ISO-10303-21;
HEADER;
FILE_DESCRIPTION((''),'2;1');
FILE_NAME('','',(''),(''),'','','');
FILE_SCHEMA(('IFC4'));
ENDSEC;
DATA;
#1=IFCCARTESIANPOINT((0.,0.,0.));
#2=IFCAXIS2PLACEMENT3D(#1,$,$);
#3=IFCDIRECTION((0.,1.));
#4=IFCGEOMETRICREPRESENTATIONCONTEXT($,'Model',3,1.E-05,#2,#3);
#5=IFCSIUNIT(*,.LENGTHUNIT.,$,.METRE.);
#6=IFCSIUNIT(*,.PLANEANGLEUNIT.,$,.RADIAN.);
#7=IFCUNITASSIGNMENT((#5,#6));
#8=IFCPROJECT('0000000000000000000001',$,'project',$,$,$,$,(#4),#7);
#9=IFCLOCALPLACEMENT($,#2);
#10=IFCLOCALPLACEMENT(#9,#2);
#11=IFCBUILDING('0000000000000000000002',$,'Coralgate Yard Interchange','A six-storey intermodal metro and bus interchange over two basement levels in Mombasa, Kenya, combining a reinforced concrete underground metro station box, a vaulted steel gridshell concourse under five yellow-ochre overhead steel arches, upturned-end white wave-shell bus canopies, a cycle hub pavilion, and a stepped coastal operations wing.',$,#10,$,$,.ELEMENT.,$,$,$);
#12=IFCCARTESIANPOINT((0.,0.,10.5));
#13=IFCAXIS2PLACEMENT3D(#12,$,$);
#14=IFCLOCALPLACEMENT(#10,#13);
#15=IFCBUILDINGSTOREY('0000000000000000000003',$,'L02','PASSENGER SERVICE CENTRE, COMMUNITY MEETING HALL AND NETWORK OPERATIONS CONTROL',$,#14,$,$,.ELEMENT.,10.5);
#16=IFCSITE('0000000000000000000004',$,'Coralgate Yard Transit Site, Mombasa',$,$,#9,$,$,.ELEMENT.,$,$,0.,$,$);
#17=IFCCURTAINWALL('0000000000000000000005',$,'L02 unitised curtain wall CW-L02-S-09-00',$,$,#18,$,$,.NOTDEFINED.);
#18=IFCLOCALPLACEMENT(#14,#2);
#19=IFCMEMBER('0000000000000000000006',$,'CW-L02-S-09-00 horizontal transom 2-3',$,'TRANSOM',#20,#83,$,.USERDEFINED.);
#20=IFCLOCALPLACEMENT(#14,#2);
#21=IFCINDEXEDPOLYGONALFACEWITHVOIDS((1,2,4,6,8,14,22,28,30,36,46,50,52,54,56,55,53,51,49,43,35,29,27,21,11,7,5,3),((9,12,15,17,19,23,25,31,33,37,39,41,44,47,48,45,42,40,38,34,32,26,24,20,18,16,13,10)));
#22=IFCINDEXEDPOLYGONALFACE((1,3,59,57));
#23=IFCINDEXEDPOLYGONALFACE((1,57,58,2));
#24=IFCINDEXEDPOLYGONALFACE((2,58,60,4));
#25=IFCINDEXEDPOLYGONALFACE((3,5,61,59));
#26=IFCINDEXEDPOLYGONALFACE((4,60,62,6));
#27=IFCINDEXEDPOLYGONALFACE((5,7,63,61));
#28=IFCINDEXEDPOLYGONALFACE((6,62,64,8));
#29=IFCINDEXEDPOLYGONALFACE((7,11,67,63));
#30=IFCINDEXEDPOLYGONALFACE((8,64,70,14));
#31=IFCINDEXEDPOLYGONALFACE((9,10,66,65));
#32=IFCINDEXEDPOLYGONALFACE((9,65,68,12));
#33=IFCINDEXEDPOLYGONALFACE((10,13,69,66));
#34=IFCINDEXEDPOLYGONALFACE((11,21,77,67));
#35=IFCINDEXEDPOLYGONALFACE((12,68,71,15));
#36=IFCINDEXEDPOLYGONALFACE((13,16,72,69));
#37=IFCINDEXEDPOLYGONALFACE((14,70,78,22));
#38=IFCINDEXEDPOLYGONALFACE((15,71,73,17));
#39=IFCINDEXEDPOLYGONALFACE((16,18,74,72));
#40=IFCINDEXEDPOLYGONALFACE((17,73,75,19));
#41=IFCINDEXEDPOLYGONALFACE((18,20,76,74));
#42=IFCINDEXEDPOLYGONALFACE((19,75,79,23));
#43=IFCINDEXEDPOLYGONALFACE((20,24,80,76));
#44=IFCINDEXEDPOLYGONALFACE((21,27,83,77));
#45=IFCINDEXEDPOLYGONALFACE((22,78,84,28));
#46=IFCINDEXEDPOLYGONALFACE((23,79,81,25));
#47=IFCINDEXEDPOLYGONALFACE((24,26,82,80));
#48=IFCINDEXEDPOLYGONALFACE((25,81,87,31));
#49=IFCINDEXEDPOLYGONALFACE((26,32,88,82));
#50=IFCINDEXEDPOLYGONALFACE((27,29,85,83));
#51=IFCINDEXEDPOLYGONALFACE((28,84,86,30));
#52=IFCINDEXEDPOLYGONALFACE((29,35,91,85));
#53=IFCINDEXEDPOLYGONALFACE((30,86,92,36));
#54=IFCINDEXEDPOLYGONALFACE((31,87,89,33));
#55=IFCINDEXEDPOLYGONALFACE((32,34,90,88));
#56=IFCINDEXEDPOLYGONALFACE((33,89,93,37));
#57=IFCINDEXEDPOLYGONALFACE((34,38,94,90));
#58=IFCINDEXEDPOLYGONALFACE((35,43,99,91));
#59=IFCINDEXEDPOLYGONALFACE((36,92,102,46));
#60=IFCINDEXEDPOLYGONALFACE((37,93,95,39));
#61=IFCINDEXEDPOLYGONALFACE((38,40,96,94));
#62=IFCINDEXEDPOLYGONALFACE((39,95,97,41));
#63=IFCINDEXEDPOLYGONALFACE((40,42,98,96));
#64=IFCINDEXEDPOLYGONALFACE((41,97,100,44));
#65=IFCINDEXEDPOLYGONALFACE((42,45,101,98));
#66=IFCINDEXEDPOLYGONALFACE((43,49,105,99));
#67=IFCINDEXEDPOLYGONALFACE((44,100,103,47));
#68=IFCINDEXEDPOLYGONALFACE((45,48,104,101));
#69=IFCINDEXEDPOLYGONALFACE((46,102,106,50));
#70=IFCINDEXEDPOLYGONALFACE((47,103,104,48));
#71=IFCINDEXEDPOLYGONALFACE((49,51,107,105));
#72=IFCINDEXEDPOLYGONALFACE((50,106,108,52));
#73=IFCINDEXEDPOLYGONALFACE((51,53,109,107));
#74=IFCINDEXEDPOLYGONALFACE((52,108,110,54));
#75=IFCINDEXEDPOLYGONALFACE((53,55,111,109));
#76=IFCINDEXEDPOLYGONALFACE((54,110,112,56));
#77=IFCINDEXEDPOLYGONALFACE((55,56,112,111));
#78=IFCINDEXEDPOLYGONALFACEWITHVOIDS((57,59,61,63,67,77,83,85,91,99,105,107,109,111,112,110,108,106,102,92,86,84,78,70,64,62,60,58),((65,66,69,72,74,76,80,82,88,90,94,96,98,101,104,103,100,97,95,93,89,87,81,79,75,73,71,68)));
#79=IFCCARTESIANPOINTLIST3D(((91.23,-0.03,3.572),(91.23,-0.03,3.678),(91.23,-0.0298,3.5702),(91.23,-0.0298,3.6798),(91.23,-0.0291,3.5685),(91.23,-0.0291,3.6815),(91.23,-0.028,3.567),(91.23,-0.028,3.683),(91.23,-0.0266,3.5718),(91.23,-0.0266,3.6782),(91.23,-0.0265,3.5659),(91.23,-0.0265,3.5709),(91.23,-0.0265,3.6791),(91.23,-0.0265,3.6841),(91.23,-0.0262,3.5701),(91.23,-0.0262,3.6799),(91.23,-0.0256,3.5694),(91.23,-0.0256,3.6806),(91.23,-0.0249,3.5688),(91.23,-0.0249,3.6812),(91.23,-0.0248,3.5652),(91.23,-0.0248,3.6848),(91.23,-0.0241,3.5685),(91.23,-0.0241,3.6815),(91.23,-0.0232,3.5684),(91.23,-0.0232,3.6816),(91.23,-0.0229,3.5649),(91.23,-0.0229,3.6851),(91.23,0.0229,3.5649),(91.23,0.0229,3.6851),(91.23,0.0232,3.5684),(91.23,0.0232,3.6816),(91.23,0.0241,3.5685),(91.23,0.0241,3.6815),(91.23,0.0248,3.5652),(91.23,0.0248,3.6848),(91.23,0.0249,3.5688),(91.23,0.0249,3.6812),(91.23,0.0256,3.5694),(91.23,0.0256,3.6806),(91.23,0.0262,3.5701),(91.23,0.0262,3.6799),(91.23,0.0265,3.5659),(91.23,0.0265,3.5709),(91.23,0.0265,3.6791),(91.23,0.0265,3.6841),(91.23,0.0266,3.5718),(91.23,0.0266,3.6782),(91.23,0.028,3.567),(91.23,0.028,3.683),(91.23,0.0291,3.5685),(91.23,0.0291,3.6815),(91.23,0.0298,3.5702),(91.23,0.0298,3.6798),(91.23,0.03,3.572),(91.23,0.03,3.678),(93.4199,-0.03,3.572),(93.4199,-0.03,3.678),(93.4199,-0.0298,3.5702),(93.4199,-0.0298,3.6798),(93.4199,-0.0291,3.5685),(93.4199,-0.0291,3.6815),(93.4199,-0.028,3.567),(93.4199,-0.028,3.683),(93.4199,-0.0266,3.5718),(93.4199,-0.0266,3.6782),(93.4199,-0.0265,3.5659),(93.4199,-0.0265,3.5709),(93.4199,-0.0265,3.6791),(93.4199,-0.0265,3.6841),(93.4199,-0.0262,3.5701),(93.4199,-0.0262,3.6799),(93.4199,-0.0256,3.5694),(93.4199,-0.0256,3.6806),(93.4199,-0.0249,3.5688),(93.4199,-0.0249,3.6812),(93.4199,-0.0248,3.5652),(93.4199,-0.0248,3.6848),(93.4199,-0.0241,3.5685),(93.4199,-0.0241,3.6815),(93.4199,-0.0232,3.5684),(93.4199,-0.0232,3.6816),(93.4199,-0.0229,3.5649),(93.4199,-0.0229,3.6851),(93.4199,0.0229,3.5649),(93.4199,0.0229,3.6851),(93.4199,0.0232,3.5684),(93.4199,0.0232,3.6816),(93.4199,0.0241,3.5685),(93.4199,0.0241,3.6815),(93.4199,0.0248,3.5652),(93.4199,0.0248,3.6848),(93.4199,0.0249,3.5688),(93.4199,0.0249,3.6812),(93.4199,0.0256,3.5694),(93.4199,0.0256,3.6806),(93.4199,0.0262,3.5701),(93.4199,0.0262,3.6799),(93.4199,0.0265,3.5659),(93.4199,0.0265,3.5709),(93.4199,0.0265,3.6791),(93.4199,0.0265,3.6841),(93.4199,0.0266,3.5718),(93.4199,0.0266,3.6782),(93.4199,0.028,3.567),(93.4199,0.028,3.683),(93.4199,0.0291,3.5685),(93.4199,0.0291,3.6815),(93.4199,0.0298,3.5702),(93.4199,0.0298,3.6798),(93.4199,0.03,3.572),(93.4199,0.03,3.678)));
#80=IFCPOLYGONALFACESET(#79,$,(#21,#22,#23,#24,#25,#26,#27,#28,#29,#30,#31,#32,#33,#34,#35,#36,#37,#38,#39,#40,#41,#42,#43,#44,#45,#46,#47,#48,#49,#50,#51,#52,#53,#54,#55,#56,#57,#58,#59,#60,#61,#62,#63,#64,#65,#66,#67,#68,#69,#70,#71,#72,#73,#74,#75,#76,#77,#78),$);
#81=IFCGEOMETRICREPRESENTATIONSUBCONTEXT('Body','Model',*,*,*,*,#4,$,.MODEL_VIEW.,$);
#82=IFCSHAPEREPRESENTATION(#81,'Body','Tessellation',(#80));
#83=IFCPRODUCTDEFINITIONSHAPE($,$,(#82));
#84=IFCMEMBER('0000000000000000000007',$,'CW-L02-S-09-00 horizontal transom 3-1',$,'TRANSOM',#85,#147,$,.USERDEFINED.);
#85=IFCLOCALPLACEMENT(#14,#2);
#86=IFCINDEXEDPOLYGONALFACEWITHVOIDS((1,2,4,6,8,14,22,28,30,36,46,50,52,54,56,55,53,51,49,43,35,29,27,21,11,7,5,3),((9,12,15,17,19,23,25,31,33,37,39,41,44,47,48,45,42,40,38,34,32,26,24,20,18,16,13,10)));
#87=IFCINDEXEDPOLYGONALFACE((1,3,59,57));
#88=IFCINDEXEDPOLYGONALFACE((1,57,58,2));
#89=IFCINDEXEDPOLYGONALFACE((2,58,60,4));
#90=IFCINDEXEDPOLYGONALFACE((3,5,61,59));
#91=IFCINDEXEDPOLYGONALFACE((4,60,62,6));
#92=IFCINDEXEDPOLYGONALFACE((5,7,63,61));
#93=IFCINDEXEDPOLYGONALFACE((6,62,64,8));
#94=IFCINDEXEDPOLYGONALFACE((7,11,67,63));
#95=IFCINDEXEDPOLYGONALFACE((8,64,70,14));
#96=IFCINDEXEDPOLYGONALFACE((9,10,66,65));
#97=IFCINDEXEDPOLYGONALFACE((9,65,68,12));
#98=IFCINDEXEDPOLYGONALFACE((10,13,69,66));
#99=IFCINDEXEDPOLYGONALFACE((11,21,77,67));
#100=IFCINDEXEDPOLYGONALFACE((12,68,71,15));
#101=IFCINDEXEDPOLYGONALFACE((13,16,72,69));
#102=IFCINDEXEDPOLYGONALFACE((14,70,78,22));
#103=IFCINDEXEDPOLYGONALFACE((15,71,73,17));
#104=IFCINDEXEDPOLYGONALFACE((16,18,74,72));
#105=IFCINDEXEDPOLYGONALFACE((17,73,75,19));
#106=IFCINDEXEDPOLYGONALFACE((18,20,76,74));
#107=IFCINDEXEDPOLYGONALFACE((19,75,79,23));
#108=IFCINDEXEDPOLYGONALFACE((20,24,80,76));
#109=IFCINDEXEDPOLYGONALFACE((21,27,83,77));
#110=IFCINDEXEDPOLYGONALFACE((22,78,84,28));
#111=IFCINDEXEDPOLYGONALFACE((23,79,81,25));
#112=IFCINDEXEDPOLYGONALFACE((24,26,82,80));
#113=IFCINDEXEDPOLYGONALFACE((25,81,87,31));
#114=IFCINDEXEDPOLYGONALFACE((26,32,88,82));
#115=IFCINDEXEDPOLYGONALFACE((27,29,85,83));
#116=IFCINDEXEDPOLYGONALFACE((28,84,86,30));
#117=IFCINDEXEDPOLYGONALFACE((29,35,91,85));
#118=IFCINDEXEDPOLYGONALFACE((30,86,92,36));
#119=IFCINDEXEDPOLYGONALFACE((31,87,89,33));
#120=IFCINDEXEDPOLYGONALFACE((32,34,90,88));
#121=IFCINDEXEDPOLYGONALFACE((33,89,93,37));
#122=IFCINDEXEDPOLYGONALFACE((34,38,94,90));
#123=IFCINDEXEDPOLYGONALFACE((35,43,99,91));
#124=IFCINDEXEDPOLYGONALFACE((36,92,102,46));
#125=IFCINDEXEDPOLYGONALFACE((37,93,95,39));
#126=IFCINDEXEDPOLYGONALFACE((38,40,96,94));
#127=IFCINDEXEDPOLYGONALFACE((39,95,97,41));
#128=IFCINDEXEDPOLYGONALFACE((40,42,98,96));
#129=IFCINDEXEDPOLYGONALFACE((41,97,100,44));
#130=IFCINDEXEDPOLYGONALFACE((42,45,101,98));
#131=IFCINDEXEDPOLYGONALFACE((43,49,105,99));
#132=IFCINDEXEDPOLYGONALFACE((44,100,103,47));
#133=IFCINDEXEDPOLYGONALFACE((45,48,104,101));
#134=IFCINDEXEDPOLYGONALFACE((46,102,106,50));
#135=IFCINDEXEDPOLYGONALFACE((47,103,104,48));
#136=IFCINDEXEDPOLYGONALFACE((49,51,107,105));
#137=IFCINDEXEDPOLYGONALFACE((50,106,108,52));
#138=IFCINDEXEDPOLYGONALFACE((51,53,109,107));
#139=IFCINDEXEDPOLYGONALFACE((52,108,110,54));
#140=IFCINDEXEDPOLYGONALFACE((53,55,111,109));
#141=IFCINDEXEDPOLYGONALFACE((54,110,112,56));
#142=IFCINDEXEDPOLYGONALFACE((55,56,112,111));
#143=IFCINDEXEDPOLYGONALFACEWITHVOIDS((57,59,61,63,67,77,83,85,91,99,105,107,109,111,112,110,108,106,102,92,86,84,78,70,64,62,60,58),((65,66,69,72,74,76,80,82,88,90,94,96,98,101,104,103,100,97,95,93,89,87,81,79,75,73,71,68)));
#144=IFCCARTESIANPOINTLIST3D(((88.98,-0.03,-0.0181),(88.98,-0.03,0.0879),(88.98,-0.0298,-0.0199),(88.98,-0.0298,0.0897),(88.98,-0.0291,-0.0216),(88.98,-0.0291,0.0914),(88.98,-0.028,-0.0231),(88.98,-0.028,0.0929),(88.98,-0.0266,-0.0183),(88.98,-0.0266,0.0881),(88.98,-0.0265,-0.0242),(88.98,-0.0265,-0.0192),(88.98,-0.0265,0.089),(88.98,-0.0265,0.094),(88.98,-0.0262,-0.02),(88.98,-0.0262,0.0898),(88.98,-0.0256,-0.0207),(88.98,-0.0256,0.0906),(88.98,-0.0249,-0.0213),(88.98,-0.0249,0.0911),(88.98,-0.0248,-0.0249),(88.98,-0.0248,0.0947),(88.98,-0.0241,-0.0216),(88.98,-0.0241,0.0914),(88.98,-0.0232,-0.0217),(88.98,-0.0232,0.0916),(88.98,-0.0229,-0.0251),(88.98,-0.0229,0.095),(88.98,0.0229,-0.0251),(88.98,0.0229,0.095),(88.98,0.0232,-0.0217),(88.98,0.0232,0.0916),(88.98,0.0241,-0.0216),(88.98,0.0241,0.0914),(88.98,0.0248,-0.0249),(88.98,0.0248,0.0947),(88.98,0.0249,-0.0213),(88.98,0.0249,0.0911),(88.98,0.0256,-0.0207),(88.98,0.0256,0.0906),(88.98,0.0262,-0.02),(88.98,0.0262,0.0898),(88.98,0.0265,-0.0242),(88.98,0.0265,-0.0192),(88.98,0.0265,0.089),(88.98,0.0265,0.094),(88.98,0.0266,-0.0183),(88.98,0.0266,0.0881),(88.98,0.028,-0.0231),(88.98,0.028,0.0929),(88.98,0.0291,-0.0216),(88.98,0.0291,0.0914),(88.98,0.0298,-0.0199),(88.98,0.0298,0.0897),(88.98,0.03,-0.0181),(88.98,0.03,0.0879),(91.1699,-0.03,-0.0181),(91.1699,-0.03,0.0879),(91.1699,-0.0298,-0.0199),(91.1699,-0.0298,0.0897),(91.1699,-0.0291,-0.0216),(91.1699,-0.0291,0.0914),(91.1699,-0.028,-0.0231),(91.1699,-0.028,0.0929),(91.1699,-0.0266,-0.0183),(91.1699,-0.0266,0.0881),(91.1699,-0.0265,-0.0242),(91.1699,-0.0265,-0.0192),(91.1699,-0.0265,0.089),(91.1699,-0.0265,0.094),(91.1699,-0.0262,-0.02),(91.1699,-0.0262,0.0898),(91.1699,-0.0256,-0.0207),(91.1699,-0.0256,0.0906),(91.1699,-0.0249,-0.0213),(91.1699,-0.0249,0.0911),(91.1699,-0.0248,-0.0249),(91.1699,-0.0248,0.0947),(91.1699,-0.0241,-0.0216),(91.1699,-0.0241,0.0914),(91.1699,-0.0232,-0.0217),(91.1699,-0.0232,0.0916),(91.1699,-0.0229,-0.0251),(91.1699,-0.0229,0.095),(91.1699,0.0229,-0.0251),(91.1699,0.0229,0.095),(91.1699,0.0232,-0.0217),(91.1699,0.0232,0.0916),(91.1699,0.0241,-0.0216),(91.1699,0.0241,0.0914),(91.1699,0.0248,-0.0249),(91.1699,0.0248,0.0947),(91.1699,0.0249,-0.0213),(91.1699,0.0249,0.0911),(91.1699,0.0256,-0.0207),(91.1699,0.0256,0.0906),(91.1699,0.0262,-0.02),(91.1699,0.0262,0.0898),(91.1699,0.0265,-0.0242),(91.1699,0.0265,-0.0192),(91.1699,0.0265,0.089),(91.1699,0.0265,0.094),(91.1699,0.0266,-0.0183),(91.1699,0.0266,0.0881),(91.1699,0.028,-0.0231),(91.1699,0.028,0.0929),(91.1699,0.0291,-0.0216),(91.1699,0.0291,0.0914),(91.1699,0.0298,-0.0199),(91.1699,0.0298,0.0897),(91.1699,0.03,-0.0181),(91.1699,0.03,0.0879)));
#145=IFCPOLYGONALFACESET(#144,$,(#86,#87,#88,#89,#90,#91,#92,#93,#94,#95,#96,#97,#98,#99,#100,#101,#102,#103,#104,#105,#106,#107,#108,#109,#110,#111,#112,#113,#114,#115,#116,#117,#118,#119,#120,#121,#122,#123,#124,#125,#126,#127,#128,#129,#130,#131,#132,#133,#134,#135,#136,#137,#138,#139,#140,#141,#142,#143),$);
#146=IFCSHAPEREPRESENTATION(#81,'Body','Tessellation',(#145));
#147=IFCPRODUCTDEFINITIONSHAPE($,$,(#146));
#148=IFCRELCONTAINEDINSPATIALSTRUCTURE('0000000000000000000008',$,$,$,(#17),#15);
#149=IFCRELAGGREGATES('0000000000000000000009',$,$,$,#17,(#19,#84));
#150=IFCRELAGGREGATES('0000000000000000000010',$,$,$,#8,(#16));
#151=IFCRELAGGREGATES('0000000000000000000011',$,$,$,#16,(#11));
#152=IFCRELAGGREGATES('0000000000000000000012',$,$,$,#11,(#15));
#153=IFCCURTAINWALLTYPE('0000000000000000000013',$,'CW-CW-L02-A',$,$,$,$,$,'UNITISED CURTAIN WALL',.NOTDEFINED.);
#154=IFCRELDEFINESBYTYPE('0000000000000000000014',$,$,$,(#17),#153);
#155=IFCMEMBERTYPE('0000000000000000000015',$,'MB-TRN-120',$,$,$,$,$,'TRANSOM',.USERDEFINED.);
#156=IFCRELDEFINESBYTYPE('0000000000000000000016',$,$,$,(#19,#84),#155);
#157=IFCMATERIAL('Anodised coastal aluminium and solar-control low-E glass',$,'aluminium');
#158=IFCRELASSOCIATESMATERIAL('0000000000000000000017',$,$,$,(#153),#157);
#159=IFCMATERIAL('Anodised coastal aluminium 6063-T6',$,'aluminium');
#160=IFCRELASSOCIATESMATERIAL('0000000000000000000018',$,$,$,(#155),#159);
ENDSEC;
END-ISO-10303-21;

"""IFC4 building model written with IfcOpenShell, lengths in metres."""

from ifc_helpers import new_model, si_unit, direction, frame, origin, origin_2d, place, context, subcontext, project, spatial, hollow_rectangle, extrude, material, material_profile, profile_set, type_object, element, aggregate, save


model = new_model("IFC4")

# Units and contexts
model_context = context("Model", 3, precision=1e-05, world=origin(), true_north=direction((0.0, 1.0)))
body_context = subcontext(model_context, "Body", "Model", "MODEL_VIEW")
ifc_project = project(units=[si_unit("LENGTHUNIT", "METRE"), si_unit("PLANEANGLEUNIT", "RADIAN")], contexts=[model_context])

# Site, building, storey
site_placement = place(None, origin())
site = spatial("IfcSite", under=ifc_project, at=site_placement, Name="Coralgate Yard Transit Site, Mombasa", CompositionType="ELEMENT", RefElevation=0.0)
building_placement = place(site_placement, origin())
building = spatial("IfcBuilding", under=site, at=building_placement, Name="Coralgate Yard Interchange", Description="A six-storey intermodal metro and bus interchange over two basement levels in Mombasa, Kenya, combining a reinforced concrete underground metro station box, a vaulted steel gridshell concourse under five yellow-ochre overhead steel arches, upturned-end white wave-shell bus canopies, a cycle hub pavilion, and a stepped coastal operations wing.", CompositionType="ELEMENT")
storey_placement = place(building_placement, frame((0.0, 0.0, 10.5)))
storey = spatial("IfcBuildingStorey", under=building, at=storey_placement, Name="L02", Description="PASSENGER SERVICE CENTRE, COMMUNITY MEETING HALL AND NETWORK OPERATIONS CONTROL", CompositionType="ELEMENT", Elevation=10.5)

# Curtain wall, members
ifc_material_1 = material(Name="Anodised coastal aluminium and solar-control low-E glass", Category="aluminium")
curtain_wall_type = type_object("IfcCurtainWallType", Name="CW-CW-L02-A", ElementType="UNITISED CURTAIN WALL", PredefinedType="NOTDEFINED", material=ifc_material_1)
curtain_wall_placement = place(storey_placement, origin())
curtain_wall = element("IfcCurtainWall", 1, at=curtain_wall_placement, inside=storey, type_object=curtain_wall_type, Name="L02 unitised curtain wall CW-L02-S-09-00", PredefinedType="NOTDEFINED")
ifc_material_2 = material(Name="Anodised coastal aluminium 6063-T6", Category="aluminium")
ifc_material_profile_1 = material_profile(ifc_material_2, hollow_rectangle(XDim=0.0601, YDim=0.1201, WallThickness=0.0034, InnerFilletRadius=0.0034, OuterFilletRadius=0.0071, at=origin_2d()), Name="ALU 60x120x3.5")
ifc_profile_set_1 = profile_set([ifc_material_profile_1], Name="Anodised coastal aluminium 6063-T6")
member_type_1 = type_object("IfcMemberType", Name="MB-TRN-120", ElementType="TRANSOM", PredefinedType="USERDEFINED", material=ifc_profile_set_1)
member_1_placement = place(storey_placement, frame((93.4199, 0.0, 3.625), z_axis=(-1.0, 0.0, 0.0), x_axis=(0.0, -1.0, 0.0)))
member_1 = element("IfcMember", 2, at=member_1_placement, type_object=member_type_1, Name="CW-L02-S-09-00 horizontal transom 2-3", ObjectType="TRANSOM", PredefinedType="USERDEFINED", context=body_context, shape_type="SweptSolid", body=[
    extrude(hollow_rectangle(XDim=0.0601, YDim=0.1201, WallThickness=0.0034, InnerFilletRadius=0.0034, OuterFilletRadius=0.0071, at=origin_2d()), origin(), (0.0, 0.0, 1.0), 2.1899),
])
member_2_placement = place(storey_placement, frame((91.1699, 0.0, 0.0349), z_axis=(-1.0, 0.0, 0.0), x_axis=(0.0, -1.0, 0.0)))
member_2 = element("IfcMember", 3, at=member_2_placement, type_object=member_type_1, Name="CW-L02-S-09-00 horizontal transom 3-1", ObjectType="TRANSOM", PredefinedType="USERDEFINED", context=body_context, shape_type="SweptSolid", body=[
    extrude(hollow_rectangle(XDim=0.0601, YDim=0.1201, WallThickness=0.0034, InnerFilletRadius=0.0034, OuterFilletRadius=0.0071, at=origin_2d()), origin(), (0.0, 0.0, 1.0), 2.1899),
])
aggregate(curtain_wall, [member_1, member_2])

save(model, "model.ifc")
